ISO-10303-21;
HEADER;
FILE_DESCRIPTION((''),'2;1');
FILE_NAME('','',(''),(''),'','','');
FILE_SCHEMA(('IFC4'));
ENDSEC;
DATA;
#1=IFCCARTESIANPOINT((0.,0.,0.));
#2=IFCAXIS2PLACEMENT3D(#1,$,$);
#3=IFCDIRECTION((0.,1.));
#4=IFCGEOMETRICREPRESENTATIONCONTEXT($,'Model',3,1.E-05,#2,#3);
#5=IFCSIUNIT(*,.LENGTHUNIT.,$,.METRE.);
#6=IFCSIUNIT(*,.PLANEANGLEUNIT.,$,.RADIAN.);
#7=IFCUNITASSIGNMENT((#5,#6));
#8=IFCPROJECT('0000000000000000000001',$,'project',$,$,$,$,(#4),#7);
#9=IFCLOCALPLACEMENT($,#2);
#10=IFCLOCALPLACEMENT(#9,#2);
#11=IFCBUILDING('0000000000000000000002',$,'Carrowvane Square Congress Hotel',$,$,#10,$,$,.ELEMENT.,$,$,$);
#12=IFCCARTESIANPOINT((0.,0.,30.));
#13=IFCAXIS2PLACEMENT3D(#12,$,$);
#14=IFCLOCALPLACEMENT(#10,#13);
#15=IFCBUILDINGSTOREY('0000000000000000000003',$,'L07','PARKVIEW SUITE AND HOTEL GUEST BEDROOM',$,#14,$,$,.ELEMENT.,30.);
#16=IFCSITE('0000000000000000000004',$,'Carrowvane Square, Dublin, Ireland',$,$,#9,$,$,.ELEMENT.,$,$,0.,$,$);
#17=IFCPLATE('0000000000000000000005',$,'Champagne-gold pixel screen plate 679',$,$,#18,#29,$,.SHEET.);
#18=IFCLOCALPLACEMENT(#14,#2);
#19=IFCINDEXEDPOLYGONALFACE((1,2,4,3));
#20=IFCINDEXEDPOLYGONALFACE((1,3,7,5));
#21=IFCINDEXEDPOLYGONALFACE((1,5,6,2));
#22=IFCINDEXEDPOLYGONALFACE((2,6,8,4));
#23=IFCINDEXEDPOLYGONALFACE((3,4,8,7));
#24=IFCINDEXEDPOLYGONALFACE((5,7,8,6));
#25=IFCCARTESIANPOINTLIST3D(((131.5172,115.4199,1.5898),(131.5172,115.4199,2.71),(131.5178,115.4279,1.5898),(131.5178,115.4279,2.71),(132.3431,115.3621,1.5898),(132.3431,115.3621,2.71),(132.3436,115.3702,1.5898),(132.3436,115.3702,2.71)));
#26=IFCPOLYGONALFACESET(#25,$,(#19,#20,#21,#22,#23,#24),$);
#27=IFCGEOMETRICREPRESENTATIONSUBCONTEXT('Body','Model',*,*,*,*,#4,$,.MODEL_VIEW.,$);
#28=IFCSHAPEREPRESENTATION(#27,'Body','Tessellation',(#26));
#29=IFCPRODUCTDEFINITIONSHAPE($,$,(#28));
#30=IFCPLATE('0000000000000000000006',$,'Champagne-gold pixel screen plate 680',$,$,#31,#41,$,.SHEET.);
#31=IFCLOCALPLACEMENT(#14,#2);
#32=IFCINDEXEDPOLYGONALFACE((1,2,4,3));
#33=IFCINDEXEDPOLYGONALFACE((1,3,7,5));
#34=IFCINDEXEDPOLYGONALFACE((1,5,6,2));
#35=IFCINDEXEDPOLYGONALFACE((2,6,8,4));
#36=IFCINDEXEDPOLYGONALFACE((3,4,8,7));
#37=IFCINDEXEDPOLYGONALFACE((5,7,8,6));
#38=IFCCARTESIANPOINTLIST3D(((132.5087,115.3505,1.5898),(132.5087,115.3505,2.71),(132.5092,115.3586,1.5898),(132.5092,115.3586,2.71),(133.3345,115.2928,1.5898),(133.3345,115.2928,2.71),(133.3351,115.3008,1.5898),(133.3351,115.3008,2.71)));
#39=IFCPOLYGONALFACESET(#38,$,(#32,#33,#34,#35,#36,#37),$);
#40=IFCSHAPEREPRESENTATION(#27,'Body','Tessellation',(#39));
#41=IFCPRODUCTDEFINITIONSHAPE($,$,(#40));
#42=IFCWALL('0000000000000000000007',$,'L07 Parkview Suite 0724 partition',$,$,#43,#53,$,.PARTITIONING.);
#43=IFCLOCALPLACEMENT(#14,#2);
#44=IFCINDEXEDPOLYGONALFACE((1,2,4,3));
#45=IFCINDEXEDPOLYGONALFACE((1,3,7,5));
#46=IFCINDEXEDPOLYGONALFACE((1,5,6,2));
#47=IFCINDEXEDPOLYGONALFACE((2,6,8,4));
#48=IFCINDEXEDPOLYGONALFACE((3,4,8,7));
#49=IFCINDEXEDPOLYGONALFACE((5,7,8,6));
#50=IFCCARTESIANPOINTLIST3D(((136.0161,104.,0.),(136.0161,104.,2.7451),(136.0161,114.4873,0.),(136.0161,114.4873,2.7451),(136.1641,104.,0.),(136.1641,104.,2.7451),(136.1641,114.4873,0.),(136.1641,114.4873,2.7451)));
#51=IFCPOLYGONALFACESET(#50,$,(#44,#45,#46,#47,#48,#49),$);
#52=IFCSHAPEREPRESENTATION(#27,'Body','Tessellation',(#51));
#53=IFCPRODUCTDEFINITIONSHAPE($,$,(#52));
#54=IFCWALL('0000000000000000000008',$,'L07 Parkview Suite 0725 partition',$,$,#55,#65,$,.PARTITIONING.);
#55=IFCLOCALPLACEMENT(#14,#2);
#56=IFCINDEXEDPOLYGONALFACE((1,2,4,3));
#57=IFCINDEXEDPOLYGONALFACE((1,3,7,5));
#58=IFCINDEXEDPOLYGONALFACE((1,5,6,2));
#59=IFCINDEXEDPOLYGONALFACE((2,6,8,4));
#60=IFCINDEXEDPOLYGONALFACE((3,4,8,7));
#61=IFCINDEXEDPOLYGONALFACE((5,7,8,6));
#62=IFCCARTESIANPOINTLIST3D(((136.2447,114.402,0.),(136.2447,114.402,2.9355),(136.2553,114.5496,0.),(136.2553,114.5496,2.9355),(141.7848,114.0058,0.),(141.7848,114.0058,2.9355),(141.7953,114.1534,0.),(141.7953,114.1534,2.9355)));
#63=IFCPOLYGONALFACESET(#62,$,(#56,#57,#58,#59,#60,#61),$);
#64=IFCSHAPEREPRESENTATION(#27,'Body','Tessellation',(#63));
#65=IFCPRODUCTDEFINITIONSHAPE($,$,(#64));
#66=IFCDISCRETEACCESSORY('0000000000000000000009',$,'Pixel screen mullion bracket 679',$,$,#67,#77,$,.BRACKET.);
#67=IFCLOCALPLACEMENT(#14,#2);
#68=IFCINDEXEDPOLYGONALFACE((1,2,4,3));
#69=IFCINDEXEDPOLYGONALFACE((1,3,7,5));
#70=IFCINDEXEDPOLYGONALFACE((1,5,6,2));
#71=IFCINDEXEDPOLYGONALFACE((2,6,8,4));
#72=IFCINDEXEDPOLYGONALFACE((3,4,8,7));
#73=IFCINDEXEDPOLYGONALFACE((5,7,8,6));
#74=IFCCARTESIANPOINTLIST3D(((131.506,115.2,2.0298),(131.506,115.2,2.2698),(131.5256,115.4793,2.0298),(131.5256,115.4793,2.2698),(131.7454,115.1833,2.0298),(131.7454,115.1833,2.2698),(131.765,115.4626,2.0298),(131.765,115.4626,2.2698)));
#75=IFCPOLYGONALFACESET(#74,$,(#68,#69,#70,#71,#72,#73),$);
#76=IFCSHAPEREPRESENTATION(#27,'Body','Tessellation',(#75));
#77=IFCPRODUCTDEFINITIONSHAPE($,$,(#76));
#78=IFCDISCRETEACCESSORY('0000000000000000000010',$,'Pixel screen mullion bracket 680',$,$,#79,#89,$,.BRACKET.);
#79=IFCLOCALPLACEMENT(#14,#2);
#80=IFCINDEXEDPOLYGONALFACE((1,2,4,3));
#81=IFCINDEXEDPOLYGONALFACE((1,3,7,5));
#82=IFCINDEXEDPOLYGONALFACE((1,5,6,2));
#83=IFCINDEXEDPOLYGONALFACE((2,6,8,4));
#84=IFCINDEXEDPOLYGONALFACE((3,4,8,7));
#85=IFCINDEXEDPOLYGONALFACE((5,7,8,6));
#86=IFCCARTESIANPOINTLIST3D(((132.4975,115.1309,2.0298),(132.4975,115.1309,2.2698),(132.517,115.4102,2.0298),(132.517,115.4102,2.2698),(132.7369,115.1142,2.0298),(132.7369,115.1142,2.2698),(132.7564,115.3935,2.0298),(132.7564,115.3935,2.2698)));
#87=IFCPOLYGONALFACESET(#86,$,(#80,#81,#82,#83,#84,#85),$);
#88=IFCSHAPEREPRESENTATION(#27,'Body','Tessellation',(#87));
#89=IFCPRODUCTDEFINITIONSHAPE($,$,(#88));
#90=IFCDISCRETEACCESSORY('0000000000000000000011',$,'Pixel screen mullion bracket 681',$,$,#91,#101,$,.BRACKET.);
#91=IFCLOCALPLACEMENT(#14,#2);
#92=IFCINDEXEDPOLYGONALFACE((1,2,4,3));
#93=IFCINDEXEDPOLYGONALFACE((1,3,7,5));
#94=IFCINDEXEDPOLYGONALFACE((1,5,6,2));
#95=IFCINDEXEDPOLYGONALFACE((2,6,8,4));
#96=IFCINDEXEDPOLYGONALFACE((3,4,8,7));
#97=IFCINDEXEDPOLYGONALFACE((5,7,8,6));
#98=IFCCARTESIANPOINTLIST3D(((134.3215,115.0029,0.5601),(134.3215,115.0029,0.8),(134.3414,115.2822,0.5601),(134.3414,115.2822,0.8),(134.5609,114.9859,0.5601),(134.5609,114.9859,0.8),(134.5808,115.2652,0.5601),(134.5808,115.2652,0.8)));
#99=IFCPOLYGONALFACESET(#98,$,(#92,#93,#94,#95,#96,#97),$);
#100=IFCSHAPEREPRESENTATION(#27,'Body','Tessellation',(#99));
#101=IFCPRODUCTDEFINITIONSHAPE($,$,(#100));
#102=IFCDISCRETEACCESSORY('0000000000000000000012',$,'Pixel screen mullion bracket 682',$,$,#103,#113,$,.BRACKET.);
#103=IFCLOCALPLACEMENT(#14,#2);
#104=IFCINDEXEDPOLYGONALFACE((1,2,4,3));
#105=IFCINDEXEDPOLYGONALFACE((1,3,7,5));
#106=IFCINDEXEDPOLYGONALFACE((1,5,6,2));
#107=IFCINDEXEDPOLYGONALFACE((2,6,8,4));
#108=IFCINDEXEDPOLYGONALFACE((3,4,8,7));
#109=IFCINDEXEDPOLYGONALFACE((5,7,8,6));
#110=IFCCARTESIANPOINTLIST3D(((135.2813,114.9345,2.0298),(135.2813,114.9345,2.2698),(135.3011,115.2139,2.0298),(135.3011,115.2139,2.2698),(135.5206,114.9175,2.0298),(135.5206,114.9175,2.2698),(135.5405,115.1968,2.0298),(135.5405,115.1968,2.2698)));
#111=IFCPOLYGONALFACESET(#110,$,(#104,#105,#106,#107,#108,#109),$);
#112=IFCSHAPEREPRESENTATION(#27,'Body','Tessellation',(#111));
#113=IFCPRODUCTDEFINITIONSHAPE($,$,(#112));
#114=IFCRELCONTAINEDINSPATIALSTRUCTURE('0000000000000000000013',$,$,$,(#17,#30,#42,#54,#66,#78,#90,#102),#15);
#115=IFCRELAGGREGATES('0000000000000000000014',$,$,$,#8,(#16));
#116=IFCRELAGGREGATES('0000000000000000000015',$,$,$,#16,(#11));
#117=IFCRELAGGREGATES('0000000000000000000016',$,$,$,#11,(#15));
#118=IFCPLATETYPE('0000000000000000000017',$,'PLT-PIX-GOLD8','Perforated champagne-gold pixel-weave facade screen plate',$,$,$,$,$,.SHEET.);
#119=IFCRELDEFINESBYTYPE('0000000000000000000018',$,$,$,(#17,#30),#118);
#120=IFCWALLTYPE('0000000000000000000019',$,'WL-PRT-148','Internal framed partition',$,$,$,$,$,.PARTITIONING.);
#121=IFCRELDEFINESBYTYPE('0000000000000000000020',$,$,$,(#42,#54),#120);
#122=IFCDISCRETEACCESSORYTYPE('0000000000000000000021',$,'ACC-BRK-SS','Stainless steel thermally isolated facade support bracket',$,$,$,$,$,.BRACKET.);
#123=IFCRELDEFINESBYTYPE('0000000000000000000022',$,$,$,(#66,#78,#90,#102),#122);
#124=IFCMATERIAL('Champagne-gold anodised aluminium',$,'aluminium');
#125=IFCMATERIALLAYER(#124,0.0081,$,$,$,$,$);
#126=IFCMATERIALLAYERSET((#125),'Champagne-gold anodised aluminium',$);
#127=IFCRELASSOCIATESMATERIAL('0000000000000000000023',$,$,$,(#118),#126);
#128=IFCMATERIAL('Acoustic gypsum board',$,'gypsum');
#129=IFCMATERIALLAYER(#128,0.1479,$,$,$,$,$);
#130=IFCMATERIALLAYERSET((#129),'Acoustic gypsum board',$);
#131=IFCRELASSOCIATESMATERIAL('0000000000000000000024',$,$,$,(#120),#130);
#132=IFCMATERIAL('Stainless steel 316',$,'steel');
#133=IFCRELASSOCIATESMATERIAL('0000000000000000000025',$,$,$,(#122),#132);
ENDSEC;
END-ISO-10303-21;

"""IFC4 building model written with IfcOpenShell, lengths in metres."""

from ifc_helpers import new_model, si_unit, direction, frame, frame_2d, origin, origin_2d, place, context, subcontext, project, spatial, rectangle, extrude, material, layer, layer_set, type_object, element, save


model = new_model("IFC4")

# Units and contexts
model_context = context("Model", 3, precision=1e-05, world=origin(), true_north=direction((0.0, 1.0)))
body_context = subcontext(model_context, "Body", "Model", "MODEL_VIEW")
ifc_project = project(units=[si_unit("LENGTHUNIT", "METRE"), si_unit("PLANEANGLEUNIT", "RADIAN")], contexts=[model_context])

# Site, building, storey
site_placement = place(None, origin())
site = spatial("IfcSite", under=ifc_project, at=site_placement, Name="Carrowvane Square, Dublin, Ireland", CompositionType="ELEMENT", RefElevation=0.0)
building_placement = place(site_placement, origin())
building = spatial("IfcBuilding", under=site, at=building_placement, Name="Carrowvane Square Congress Hotel", CompositionType="ELEMENT")
storey_placement = place(building_placement, frame((0.0, 0.0, 30.0)))
storey = spatial("IfcBuildingStorey", under=building, at=storey_placement, Name="L07", Description="PARKVIEW SUITE AND HOTEL GUEST BEDROOM", CompositionType="ELEMENT", Elevation=30.0)

# Plates
ifc_material_1 = material(Name="Champagne-gold anodised aluminium", Category="aluminium")
ifc_layer_1 = layer(ifc_material_1, 0.0081)
ifc_layer_set_1 = layer_set([ifc_layer_1], Name="Champagne-gold anodised aluminium")
plate_type_1 = type_object("IfcPlateType", Name="PLT-PIX-GOLD8", Description="Perforated champagne-gold pixel-weave facade screen plate", PredefinedType="SHEET", material=ifc_layer_set_1)
for number, where, z_axis, x_axis, name in (
    (1, (131.9304, 115.395, 1.5898), (0.0, 0.0, 1.0), (0.997566, -0.069725, 0.0), "Champagne-gold pixel screen plate 679"),
    (2, (132.9219, 115.3257, 1.5898), (0.0, 0.0, 1.0), (0.997566, -0.069725, 0.0), "Champagne-gold pixel screen plate 680"),
):
    element("IfcPlate", number, at=place(storey_placement, frame(where, z_axis=z_axis, x_axis=x_axis)), inside=storey, type_object=plate_type_1, Name=name, PredefinedType="SHEET", context=body_context, shape_type="SweptSolid", body=[
        extrude(rectangle(XDim=0.8279, YDim=0.0081, at=origin_2d()), origin(), (0.0, 0.0, 1.0), 1.1201),
    ])

# Walls
ifc_material_2 = material(Name="Acoustic gypsum board", Category="gypsum")
ifc_layer_2 = layer(ifc_material_2, 0.1479)
ifc_layer_set_2 = layer_set([ifc_layer_2], Name="Acoustic gypsum board")
wall_type = type_object("IfcWallType", Name="WL-PRT-148", Description="Internal framed partition", PredefinedType="PARTITIONING", material=ifc_layer_set_2)
wall_1_placement = place(storey_placement, frame((136.0901, 114.4873, 0.0), z_axis=(0.0, 0.0, 1.0), x_axis=(0.0, -1.0, 0.0)))
element("IfcWall", 3, at=wall_1_placement, inside=storey, type_object=wall_type, Name="L07 Parkview Suite 0724 partition", PredefinedType="PARTITIONING", context=body_context, shape_type="SweptSolid", body=[
    extrude(rectangle(XDim=10.4873, YDim=0.1479, at=frame_2d((5.2437, 0.0))), origin(), (0.0, 0.0, 1.0), 2.7451),
])
wall_2_placement = place(storey_placement, frame((136.25, 114.4758, 0.0), z_axis=(0.0, 0.0, 1.0), x_axis=(0.997452, -0.071341, 0.0)))
element("IfcWall", 4, at=wall_2_placement, inside=storey, type_object=wall_type, Name="L07 Parkview Suite 0725 partition", PredefinedType="PARTITIONING", context=body_context, shape_type="SweptSolid", body=[
    extrude(rectangle(XDim=5.5542, YDim=0.1479, at=frame_2d((2.7771, 0.0))), origin(), (0.0, 0.0, 1.0), 2.9355),
])

# Discrete accessories
ifc_material_3 = material(Name="Stainless steel 316", Category="steel")
discrete_accessory_type = type_object("IfcDiscreteAccessoryType", Name="ACC-BRK-SS", Description="Stainless steel thermally isolated facade support bracket", PredefinedType="BRACKET", material=ifc_material_3)
for number, where, z_axis, x_axis, name in (
    (5, (131.6355, 115.3313, 2.0298), (0.0, 0.0, 1.0), (0.997566, -0.069725, 0.0), "Pixel screen mullion bracket 679"),
    (6, (132.627, 115.2622, 2.0298), (0.0, 0.0, 1.0), (0.997566, -0.069725, 0.0), "Pixel screen mullion bracket 680"),
    (7, (134.4512, 115.134, 0.5601), (0.0, 0.0, 1.0), (0.997479, -0.070957, 0.0), "Pixel screen mullion bracket 681"),
    (8, (135.4109, 115.0657, 2.0298), (0.0, 0.0, 1.0), (0.997479, -0.070957, 0.0), "Pixel screen mullion bracket 682"),
):
    element("IfcDiscreteAccessory", number, at=place(storey_placement, frame(where, z_axis=z_axis, x_axis=x_axis)), inside=storey, type_object=discrete_accessory_type, Name=name, PredefinedType="BRACKET", context=body_context, shape_type="SweptSolid", body=[
        extrude(rectangle(XDim=0.24, YDim=0.28, at=origin_2d()), origin(), (0.0, 0.0, 1.0), 0.24),
    ])

save(model, "model.ifc")
